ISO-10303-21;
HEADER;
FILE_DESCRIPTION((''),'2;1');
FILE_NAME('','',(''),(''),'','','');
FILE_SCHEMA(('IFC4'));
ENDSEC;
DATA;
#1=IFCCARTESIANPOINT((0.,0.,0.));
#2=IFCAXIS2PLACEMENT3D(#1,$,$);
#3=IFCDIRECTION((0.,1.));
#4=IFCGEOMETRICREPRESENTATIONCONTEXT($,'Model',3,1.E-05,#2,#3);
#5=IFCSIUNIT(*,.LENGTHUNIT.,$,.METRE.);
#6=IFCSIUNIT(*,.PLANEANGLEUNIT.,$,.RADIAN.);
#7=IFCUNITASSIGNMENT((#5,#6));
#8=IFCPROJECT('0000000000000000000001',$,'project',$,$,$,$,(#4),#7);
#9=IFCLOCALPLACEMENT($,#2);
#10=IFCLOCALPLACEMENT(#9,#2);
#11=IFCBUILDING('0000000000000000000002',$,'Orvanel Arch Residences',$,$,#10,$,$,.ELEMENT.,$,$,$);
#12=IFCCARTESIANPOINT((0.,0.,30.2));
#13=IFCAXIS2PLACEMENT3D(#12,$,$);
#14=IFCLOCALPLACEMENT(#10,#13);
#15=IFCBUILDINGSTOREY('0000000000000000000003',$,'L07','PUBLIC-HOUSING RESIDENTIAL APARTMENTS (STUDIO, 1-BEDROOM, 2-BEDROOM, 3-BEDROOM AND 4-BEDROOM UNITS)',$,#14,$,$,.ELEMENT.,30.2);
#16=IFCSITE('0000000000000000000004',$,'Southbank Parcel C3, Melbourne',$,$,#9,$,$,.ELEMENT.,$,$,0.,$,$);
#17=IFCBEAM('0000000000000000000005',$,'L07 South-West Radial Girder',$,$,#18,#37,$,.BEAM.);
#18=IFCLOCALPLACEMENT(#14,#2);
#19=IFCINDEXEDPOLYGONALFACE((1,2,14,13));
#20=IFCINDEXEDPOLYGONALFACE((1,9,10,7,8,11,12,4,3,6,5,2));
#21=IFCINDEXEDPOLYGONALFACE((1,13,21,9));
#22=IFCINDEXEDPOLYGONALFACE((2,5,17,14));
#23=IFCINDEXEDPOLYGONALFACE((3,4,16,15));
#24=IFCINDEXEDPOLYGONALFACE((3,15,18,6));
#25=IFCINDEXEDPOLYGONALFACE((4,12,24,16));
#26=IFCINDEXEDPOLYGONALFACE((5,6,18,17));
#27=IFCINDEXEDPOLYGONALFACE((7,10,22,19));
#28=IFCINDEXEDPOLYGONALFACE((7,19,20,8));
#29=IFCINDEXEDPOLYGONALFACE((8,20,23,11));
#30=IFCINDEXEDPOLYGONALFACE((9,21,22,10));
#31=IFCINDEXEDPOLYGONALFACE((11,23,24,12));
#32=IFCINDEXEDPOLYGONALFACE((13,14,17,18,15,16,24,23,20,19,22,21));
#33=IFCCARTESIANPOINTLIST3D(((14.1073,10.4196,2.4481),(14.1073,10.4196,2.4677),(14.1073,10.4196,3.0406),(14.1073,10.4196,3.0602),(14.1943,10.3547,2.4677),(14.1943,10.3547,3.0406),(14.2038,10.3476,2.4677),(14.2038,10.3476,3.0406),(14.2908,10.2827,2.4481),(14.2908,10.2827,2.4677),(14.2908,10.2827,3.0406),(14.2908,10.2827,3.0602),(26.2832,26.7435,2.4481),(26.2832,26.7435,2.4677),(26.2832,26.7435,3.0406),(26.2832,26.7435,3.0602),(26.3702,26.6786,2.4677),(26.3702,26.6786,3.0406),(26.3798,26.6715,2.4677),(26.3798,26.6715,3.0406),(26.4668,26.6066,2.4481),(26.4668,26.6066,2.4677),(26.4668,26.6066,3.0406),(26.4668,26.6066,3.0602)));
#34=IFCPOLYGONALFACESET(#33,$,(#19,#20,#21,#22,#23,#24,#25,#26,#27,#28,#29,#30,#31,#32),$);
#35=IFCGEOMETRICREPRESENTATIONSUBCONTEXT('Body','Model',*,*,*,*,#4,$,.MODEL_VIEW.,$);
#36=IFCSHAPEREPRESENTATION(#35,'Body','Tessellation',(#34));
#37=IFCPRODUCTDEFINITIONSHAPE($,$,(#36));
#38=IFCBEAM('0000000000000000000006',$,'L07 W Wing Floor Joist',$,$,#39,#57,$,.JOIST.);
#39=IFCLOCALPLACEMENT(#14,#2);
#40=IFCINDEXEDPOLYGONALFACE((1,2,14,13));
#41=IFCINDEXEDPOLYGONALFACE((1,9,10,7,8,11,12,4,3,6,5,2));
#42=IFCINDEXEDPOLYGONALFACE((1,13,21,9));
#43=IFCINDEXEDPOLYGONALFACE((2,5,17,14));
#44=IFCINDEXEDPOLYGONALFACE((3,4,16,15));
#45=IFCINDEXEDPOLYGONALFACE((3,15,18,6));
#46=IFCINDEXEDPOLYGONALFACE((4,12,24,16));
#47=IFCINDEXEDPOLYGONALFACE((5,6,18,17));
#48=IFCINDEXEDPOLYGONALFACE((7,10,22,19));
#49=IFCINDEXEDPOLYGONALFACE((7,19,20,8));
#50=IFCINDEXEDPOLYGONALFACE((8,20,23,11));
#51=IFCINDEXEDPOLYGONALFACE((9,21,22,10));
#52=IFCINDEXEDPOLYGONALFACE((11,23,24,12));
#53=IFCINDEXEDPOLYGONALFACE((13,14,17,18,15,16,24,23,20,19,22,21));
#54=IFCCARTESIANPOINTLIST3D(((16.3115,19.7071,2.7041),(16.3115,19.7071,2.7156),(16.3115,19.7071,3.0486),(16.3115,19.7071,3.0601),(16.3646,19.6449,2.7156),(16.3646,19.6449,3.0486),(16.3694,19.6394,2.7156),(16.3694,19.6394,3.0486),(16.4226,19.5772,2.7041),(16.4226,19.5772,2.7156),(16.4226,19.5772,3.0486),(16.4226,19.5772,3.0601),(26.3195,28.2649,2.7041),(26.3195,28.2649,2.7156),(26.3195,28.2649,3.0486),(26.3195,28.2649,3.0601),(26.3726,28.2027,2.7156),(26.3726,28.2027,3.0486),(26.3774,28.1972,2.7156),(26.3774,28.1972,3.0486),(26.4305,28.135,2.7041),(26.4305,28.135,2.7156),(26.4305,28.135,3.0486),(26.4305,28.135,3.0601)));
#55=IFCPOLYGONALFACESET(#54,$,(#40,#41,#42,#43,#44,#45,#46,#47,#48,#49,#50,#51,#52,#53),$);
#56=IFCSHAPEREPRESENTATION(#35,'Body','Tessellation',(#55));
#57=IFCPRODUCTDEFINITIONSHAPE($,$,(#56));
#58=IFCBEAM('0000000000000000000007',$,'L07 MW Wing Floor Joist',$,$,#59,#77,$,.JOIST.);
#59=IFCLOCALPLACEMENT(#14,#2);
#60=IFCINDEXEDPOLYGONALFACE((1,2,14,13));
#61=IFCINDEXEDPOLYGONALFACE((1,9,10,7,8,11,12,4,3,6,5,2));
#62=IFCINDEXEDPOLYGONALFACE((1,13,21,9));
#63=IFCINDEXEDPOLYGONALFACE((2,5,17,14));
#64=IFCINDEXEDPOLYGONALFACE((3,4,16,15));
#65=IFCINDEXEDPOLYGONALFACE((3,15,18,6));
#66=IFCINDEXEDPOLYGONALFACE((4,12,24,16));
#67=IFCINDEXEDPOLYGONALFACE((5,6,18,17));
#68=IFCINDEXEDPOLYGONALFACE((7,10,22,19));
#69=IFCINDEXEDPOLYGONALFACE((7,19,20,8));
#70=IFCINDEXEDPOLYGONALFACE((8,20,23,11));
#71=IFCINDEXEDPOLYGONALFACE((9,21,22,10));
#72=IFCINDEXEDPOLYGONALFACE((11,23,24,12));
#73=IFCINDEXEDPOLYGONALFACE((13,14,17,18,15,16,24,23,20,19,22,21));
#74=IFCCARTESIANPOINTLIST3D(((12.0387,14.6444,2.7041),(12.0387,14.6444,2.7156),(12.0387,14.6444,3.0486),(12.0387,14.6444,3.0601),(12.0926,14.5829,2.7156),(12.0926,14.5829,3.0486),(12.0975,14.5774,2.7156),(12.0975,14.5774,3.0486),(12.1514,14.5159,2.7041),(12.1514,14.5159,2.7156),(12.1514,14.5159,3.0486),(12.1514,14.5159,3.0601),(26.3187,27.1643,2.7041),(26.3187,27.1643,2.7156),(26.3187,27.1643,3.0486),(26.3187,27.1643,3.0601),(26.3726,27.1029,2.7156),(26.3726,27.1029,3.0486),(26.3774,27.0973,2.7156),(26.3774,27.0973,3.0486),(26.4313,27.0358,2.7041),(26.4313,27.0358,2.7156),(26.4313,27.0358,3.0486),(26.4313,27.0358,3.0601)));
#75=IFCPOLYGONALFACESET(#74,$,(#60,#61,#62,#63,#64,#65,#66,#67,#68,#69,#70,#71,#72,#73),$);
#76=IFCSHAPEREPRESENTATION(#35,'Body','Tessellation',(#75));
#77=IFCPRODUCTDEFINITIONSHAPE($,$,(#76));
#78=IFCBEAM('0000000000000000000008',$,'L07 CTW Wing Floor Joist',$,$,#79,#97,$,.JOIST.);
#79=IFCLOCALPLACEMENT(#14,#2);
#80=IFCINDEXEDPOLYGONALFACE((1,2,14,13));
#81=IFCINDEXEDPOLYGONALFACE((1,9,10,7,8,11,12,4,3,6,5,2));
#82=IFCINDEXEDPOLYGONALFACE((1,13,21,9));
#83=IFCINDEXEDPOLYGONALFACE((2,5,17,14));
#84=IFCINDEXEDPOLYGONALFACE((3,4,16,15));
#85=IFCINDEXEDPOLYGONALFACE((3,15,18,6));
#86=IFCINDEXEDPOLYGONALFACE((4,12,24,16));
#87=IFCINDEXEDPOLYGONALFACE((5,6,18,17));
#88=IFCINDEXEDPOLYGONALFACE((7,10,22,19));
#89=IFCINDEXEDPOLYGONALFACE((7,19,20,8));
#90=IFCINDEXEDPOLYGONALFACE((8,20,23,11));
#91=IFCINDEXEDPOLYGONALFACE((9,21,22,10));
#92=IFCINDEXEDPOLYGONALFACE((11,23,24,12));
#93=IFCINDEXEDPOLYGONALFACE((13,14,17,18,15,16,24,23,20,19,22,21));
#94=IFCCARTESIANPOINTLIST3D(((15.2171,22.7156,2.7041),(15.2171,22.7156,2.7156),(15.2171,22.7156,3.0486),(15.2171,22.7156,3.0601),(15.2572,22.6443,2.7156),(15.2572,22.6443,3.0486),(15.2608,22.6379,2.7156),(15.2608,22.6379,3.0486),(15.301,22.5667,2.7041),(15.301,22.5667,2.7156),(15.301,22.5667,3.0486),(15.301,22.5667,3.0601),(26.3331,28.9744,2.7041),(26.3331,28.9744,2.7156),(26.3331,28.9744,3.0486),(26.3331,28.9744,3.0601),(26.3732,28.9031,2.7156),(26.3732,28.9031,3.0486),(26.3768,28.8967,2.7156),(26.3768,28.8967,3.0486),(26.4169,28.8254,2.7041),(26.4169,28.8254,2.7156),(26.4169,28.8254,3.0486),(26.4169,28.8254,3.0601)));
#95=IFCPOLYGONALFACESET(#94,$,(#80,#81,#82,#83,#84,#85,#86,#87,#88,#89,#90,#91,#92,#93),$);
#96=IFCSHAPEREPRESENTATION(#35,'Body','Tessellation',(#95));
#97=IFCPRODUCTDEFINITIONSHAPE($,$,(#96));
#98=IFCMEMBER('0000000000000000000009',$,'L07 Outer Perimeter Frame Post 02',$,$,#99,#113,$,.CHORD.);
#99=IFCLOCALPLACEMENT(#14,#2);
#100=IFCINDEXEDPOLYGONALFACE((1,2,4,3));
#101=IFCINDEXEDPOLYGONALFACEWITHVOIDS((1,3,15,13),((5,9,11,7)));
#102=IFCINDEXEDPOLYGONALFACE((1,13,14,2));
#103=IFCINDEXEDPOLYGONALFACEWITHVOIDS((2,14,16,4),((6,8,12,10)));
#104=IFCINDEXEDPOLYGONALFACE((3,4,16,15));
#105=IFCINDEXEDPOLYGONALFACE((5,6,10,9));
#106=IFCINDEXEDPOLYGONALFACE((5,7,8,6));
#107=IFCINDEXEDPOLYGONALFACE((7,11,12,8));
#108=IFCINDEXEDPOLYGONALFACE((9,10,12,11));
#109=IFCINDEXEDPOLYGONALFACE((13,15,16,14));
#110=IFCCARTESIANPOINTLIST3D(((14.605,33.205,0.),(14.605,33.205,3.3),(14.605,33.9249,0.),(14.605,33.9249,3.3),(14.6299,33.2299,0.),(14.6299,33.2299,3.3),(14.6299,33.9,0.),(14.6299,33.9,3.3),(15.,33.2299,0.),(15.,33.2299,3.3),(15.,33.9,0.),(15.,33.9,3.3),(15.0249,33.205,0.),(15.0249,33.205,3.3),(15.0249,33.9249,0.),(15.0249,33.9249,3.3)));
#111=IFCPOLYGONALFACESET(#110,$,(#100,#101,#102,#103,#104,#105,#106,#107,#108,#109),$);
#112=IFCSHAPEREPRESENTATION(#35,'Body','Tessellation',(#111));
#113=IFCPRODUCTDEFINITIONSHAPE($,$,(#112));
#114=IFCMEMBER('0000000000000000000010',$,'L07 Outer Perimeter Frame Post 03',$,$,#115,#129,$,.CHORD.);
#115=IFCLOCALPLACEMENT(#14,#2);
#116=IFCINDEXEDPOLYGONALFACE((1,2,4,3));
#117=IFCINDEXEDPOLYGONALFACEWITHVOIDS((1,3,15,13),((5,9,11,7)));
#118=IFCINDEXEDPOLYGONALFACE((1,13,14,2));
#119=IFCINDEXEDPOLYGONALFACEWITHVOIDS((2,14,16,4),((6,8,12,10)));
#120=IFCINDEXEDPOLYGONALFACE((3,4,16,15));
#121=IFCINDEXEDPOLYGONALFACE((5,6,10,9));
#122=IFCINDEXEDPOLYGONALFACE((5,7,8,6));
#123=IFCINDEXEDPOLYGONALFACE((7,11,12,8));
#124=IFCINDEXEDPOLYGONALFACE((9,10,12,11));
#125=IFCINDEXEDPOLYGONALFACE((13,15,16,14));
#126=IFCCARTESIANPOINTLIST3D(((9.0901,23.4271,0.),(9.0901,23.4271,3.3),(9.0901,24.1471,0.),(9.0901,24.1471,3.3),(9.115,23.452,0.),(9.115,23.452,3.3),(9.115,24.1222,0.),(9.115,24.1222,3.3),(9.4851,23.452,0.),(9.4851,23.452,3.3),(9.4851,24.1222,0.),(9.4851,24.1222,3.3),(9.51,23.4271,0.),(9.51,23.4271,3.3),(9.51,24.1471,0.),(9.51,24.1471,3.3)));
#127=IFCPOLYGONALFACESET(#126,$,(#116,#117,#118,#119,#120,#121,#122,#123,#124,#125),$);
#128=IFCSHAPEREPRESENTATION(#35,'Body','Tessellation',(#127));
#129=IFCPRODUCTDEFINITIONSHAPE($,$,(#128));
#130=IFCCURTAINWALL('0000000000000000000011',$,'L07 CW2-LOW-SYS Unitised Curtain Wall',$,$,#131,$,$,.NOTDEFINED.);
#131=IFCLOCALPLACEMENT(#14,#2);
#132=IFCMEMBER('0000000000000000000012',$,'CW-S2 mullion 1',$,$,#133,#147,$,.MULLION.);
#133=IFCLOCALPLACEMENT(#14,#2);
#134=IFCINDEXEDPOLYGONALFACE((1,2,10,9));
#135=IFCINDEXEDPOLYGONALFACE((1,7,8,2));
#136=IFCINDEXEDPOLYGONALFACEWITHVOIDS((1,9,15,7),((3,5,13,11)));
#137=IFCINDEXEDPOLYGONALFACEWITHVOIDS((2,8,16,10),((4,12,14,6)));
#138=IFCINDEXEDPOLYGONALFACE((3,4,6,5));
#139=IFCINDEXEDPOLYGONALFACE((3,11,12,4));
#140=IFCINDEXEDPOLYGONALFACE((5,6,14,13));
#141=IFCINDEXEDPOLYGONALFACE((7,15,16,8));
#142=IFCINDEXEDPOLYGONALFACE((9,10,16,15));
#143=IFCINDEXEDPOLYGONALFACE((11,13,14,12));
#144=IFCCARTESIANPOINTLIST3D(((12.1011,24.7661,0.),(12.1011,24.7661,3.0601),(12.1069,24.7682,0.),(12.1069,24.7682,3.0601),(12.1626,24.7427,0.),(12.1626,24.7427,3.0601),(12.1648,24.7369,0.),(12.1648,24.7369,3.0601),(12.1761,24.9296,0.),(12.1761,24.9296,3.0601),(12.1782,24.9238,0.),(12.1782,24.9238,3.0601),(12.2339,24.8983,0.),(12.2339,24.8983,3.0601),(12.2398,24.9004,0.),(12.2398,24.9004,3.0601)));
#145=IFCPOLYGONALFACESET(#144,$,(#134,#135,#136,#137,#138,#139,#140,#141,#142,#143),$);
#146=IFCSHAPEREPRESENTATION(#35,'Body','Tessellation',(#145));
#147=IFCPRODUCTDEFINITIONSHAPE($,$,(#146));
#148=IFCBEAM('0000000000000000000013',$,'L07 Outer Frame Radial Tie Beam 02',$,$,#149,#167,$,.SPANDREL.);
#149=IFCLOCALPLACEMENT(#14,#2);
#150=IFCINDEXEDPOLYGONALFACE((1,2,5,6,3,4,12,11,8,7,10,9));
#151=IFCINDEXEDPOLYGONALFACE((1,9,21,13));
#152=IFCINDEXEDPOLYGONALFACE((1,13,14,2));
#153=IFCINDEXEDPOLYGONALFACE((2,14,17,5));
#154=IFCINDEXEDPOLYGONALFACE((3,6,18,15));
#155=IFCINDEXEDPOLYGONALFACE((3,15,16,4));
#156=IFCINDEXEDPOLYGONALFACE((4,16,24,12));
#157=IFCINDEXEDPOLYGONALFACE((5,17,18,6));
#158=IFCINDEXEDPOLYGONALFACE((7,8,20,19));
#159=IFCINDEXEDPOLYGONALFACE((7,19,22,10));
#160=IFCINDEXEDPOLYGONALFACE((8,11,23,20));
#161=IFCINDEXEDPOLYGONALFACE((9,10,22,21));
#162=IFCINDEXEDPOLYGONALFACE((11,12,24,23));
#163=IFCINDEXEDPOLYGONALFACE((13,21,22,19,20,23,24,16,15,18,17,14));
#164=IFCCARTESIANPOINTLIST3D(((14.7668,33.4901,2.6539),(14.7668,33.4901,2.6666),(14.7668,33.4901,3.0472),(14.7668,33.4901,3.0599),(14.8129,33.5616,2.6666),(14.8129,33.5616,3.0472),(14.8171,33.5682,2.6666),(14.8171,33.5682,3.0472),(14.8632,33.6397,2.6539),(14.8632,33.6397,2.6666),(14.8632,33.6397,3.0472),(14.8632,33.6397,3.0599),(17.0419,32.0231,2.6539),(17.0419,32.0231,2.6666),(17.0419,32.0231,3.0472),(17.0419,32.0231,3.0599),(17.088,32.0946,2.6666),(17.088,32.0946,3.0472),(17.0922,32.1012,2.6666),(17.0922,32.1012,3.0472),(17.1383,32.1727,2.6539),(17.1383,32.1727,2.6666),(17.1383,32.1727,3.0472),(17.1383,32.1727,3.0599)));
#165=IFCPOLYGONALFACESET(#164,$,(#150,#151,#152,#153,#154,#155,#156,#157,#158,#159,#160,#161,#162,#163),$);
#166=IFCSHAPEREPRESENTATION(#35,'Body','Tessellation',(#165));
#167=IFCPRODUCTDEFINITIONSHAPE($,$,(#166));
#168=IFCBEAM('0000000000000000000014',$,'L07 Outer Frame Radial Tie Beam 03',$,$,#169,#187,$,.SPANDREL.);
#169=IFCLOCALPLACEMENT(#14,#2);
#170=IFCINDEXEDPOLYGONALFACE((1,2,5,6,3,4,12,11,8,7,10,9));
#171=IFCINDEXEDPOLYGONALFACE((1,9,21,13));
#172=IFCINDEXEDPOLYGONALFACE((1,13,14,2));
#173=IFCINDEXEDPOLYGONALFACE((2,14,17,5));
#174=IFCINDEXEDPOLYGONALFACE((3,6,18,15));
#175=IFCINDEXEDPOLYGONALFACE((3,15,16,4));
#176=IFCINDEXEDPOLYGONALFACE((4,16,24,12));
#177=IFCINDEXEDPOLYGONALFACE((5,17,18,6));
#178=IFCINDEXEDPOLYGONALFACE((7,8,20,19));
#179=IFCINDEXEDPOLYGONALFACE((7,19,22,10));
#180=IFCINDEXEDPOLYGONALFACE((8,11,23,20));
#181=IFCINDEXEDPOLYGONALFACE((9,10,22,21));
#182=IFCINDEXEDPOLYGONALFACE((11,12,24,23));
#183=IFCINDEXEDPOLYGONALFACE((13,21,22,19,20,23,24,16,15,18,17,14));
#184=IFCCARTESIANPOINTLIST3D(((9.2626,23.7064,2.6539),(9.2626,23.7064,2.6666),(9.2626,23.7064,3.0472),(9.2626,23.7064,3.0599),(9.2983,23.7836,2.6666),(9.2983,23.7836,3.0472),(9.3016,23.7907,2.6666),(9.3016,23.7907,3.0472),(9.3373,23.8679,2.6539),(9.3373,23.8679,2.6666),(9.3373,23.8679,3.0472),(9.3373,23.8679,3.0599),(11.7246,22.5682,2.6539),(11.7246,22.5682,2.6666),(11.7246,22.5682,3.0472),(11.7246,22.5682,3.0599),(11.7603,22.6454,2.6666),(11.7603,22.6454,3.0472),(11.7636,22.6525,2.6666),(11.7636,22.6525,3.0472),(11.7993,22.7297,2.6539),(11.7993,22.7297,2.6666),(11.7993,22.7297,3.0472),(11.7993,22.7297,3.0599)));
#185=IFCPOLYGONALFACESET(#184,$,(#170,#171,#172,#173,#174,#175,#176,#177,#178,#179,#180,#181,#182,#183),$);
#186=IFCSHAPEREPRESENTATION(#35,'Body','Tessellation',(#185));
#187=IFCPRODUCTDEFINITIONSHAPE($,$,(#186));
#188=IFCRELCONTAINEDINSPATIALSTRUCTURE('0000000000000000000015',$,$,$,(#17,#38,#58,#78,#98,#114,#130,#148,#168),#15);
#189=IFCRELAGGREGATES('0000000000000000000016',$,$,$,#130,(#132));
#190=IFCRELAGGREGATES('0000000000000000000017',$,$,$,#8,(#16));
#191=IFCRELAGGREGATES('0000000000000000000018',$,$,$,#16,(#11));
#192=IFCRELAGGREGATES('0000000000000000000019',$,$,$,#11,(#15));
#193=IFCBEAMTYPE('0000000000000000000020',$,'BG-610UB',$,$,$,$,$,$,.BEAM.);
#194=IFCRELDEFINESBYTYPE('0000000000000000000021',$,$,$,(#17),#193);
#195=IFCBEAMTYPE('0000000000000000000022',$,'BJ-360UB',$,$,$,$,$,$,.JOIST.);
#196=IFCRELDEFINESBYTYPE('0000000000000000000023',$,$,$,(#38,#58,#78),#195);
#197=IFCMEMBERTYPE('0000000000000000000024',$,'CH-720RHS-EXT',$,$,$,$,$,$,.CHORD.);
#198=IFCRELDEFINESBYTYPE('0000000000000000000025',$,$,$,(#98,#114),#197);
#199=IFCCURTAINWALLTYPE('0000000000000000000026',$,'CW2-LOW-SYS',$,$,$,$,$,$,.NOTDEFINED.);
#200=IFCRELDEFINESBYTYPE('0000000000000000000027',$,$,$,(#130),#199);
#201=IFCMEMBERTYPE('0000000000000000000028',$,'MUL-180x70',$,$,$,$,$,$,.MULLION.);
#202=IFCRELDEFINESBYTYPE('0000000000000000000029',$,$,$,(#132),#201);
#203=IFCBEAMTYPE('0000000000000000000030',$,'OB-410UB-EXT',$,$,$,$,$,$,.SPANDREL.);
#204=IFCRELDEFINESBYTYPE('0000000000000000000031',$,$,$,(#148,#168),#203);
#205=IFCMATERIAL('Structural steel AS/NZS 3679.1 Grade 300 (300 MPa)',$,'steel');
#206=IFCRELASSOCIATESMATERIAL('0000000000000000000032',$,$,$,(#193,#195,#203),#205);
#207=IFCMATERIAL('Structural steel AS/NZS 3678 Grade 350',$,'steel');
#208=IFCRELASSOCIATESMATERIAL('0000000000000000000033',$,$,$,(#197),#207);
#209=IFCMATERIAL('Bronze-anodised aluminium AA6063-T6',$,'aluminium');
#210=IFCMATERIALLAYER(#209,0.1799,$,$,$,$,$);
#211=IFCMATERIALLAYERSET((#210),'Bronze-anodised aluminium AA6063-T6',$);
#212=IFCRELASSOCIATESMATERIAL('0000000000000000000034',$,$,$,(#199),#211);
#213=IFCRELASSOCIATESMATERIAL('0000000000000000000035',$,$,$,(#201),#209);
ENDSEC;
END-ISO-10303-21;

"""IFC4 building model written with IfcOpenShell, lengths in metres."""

from ifc_helpers import new_model, si_unit, direction, frame, origin, origin_2d, place, context, subcontext, project, spatial, hollow_rectangle, i_section, extrude, material, layer, layer_set, material_profile, profile_set, type_object, element, aggregate, save


model = new_model("IFC4")

# Units and contexts
model_context = context("Model", 3, precision=1e-05, world=origin(), true_north=direction((0.0, 1.0)))
body_context = subcontext(model_context, "Body", "Model", "MODEL_VIEW")
ifc_project = project(units=[si_unit("LENGTHUNIT", "METRE"), si_unit("PLANEANGLEUNIT", "RADIAN")], contexts=[model_context])

# Site, building, storey
site_placement = place(None, origin())
site = spatial("IfcSite", under=ifc_project, at=site_placement, Name="Southbank Parcel C3, Melbourne", CompositionType="ELEMENT", RefElevation=0.0)
building_placement = place(site_placement, origin())
building = spatial("IfcBuilding", under=site, at=building_placement, Name="Orvanel Arch Residences", CompositionType="ELEMENT")
storey_placement = place(building_placement, frame((0.0, 0.0, 30.2)))
storey = spatial("IfcBuildingStorey", under=building, at=storey_placement, Name="L07", Description="PUBLIC-HOUSING RESIDENTIAL APARTMENTS (STUDIO, 1-BEDROOM, 2-BEDROOM, 3-BEDROOM AND 4-BEDROOM UNITS)", CompositionType="ELEMENT", Elevation=30.2)

# Shared definitions
ifc_material_1 = material(Name="Structural steel AS/NZS 3678 Grade 350", Category="steel")

# Beams
ifc_material_2 = material(Name="Structural steel AS/NZS 3679.1 Grade 300 (300 MPa)", Category="steel")
ifc_material_profile_1 = material_profile(ifc_material_2, i_section(OverallWidth=0.229, OverallDepth=0.6121, WebThickness=0.012, FlangeThickness=0.0195, at=origin_2d()), Name="610UB125")
ifc_profile_set_1 = profile_set([ifc_material_profile_1], Name="Structural steel AS/NZS 3679.1 Grade 300 (300 MPa)")
beam_type_1 = type_object("IfcBeamType", Name="BG-610UB", PredefinedType="BEAM", material=ifc_profile_set_1)
beam_1_placement = place(storey_placement, frame((26.375, 26.675, 2.7542), z_axis=(-0.597894, -0.801575, 0.0), x_axis=(0.801575, -0.597894, 0.0)))
element("IfcBeam", 1, at=beam_1_placement, inside=storey, type_object=beam_type_1, Name="L07 South-West Radial Girder", PredefinedType="BEAM", context=body_context, shape_type="SweptSolid", body=[
    extrude(i_section(OverallWidth=0.229, OverallDepth=0.6121, WebThickness=0.012, FlangeThickness=0.0195, at=origin_2d()), origin(), (0.0, 0.0, 1.0), 20.3647),
])
ifc_material_profile_2 = material_profile(ifc_material_2, i_section(OverallWidth=0.1709, OverallDepth=0.356, WebThickness=0.0073, FlangeThickness=0.0115, at=origin_2d()), Name="360UB50.7")
ifc_profile_set_2 = profile_set([ifc_material_profile_2], Name="Structural steel AS/NZS 3679.1 Grade 300 (300 MPa)")
beam_type_2 = type_object("IfcBeamType", Name="BJ-360UB", PredefinedType="JOIST", material=ifc_profile_set_2)
beam_2_placement = place(storey_placement, frame((26.375, 28.2, 2.8821), z_axis=(-0.760024, -0.649895, 0.0), x_axis=(0.649895, -0.760024, 0.0)))
element("IfcBeam", 2, at=beam_2_placement, inside=storey, type_object=beam_type_2, Name="L07 W Wing Floor Joist", PredefinedType="JOIST", context=body_context, shape_type="SweptSolid", body=[
    extrude(i_section(OverallWidth=0.1709, OverallDepth=0.356, WebThickness=0.0073, FlangeThickness=0.0115, at=origin_2d()), origin(), (0.0, 0.0, 1.0), 13.168),
])
beam_3_placement = place(storey_placement, frame((26.375, 27.1001, 2.8821), z_axis=(-0.751924, -0.65925, 0.0), x_axis=(0.65925, -0.751924, 0.0)))
element("IfcBeam", 3, at=beam_3_placement, inside=storey, type_object=beam_type_2, Name="L07 MW Wing Floor Joist", PredefinedType="JOIST", context=body_context, shape_type="SweptSolid", body=[
    extrude(i_section(OverallWidth=0.1709, OverallDepth=0.356, WebThickness=0.0073, FlangeThickness=0.0115, at=origin_2d()), origin(), (0.0, 0.0, 1.0), 18.9912),
])
beam_4_placement = place(storey_placement, frame((26.375, 28.8999, 2.8821), z_axis=(-0.871373, -0.490622, 0.0), x_axis=(0.490622, -0.871373, 0.0)))
element("IfcBeam", 4, at=beam_4_placement, inside=storey, type_object=beam_type_2, Name="L07 CTW Wing Floor Joist", PredefinedType="JOIST", context=body_context, shape_type="SweptSolid", body=[
    extrude(i_section(OverallWidth=0.1709, OverallDepth=0.356, WebThickness=0.0073, FlangeThickness=0.0115, at=origin_2d()), origin(), (0.0, 0.0, 1.0), 12.7568),
])

# Members
ifc_material_profile_3 = material_profile(ifc_material_1, hollow_rectangle(XDim=0.4199, YDim=0.72, WallThickness=0.0249, at=origin_2d()), Name="RHS720x420x25")
ifc_profile_set_3 = profile_set([ifc_material_profile_3], Name="Structural steel AS/NZS 3678 Grade 350")
member_type_1 = type_object("IfcMemberType", Name="CH-720RHS-EXT", PredefinedType="CHORD", material=ifc_profile_set_3)
for number, where, z_axis, x_axis, name in (
    (5, (14.8149, 33.5649, 0.0), (0.0, 0.0, 1.0), (1.0, 0.0, 0.0), "L07 Outer Perimeter Frame Post 02"),
    (6, (9.3, 23.7871, 0.0), (0.0, 0.0, 1.0), (1.0, 0.0, 0.0), "L07 Outer Perimeter Frame Post 03"),
):
    element("IfcMember", number, at=place(storey_placement, frame(where, z_axis=z_axis, x_axis=x_axis)), inside=storey, type_object=member_type_1, Name=name, PredefinedType="CHORD", context=body_context, shape_type="SweptSolid", body=[
        extrude(hollow_rectangle(XDim=0.4199, YDim=0.72, WallThickness=0.0249, at=origin_2d()), origin(), (0.0, 0.0, 1.0), 3.3),
    ])

# Curtain wall, member
ifc_material_3 = material(Name="Bronze-anodised aluminium AA6063-T6", Category="aluminium")
ifc_layer_1 = layer(ifc_material_3, 0.1799)
ifc_layer_set_1 = layer_set([ifc_layer_1], Name="Bronze-anodised aluminium AA6063-T6")
curtain_wall_type = type_object("IfcCurtainWallType", Name="CW2-LOW-SYS", PredefinedType="NOTDEFINED", material=ifc_layer_set_1)
curtain_wall_placement = place(storey_placement, origin())
curtain_wall = element("IfcCurtainWall", 7, at=curtain_wall_placement, inside=storey, type_object=curtain_wall_type, Name="L07 CW2-LOW-SYS Unitised Curtain Wall", PredefinedType="NOTDEFINED")
ifc_material_profile_4 = material_profile(ifc_material_3, hollow_rectangle(XDim=0.0701, YDim=0.1799, WallThickness=0.0044, at=origin_2d()), Name="ALU180x70x4.5")
ifc_profile_set_4 = profile_set([ifc_material_profile_4], Name="Bronze-anodised aluminium AA6063-T6")
member_type_2 = type_object("IfcMemberType", Name="MUL-180x70", PredefinedType="MULLION", material=ifc_profile_set_4)
member_1_placement = place(storey_placement, frame((12.1704, 24.8333, 0.0), z_axis=(0.0, 0.0, 1.0), x_axis=(0.909015, -0.416763, 0.0)))
member_1 = element("IfcMember", 8, at=member_1_placement, type_object=member_type_2, Name="CW-S2 mullion 1", PredefinedType="MULLION", context=body_context, shape_type="SweptSolid", body=[
    extrude(hollow_rectangle(XDim=0.0701, YDim=0.1799, WallThickness=0.0044, at=origin_2d()), origin(), (0.0, 0.0, 1.0), 3.0601),
])

# Beams
ifc_material_profile_5 = material_profile(ifc_material_2, i_section(OverallWidth=0.178, OverallDepth=0.406, WebThickness=0.0078, FlangeThickness=0.0127, at=origin_2d()), Name="410UB59.7")
ifc_profile_set_5 = profile_set([ifc_material_profile_5], Name="Structural steel AS/NZS 3679.1 Grade 300 (300 MPa)")
beam_type_3 = type_object("IfcBeamType", Name="OB-410UB-EXT", PredefinedType="SPANDREL", material=ifc_profile_set_5)
beam_5_placement = place(storey_placement, frame((17.0901, 32.0979, 2.8569), z_axis=(-0.84043, 0.541919, 0.0), x_axis=(-0.541919, -0.84043, 0.0)))
element("IfcBeam", 9, at=beam_5_placement, inside=storey, type_object=beam_type_3, Name="L07 Outer Frame Radial Tie Beam 02", PredefinedType="SPANDREL", context=body_context, shape_type="SweptSolid", body=[
    extrude(i_section(OverallWidth=0.178, OverallDepth=0.406, WebThickness=0.0078, FlangeThickness=0.0127, at=origin_2d()), origin(), (0.0, 0.0, 1.0), 2.707),
])
beam_6_placement = place(storey_placement, frame((11.762, 22.6489, 2.8569), z_axis=(-0.90769, 0.41964, 0.0), x_axis=(-0.41964, -0.90769, 0.0)))
element("IfcBeam", 10, at=beam_6_placement, inside=storey, type_object=beam_type_3, Name="L07 Outer Frame Radial Tie Beam 03", PredefinedType="SPANDREL", context=body_context, shape_type="SweptSolid", body=[
    extrude(i_section(OverallWidth=0.178, OverallDepth=0.406, WebThickness=0.0078, FlangeThickness=0.0127, at=origin_2d()), origin(), (0.0, 0.0, 1.0), 2.7124),
])

aggregate(curtain_wall, [member_1])

save(model, "model.ifc")
